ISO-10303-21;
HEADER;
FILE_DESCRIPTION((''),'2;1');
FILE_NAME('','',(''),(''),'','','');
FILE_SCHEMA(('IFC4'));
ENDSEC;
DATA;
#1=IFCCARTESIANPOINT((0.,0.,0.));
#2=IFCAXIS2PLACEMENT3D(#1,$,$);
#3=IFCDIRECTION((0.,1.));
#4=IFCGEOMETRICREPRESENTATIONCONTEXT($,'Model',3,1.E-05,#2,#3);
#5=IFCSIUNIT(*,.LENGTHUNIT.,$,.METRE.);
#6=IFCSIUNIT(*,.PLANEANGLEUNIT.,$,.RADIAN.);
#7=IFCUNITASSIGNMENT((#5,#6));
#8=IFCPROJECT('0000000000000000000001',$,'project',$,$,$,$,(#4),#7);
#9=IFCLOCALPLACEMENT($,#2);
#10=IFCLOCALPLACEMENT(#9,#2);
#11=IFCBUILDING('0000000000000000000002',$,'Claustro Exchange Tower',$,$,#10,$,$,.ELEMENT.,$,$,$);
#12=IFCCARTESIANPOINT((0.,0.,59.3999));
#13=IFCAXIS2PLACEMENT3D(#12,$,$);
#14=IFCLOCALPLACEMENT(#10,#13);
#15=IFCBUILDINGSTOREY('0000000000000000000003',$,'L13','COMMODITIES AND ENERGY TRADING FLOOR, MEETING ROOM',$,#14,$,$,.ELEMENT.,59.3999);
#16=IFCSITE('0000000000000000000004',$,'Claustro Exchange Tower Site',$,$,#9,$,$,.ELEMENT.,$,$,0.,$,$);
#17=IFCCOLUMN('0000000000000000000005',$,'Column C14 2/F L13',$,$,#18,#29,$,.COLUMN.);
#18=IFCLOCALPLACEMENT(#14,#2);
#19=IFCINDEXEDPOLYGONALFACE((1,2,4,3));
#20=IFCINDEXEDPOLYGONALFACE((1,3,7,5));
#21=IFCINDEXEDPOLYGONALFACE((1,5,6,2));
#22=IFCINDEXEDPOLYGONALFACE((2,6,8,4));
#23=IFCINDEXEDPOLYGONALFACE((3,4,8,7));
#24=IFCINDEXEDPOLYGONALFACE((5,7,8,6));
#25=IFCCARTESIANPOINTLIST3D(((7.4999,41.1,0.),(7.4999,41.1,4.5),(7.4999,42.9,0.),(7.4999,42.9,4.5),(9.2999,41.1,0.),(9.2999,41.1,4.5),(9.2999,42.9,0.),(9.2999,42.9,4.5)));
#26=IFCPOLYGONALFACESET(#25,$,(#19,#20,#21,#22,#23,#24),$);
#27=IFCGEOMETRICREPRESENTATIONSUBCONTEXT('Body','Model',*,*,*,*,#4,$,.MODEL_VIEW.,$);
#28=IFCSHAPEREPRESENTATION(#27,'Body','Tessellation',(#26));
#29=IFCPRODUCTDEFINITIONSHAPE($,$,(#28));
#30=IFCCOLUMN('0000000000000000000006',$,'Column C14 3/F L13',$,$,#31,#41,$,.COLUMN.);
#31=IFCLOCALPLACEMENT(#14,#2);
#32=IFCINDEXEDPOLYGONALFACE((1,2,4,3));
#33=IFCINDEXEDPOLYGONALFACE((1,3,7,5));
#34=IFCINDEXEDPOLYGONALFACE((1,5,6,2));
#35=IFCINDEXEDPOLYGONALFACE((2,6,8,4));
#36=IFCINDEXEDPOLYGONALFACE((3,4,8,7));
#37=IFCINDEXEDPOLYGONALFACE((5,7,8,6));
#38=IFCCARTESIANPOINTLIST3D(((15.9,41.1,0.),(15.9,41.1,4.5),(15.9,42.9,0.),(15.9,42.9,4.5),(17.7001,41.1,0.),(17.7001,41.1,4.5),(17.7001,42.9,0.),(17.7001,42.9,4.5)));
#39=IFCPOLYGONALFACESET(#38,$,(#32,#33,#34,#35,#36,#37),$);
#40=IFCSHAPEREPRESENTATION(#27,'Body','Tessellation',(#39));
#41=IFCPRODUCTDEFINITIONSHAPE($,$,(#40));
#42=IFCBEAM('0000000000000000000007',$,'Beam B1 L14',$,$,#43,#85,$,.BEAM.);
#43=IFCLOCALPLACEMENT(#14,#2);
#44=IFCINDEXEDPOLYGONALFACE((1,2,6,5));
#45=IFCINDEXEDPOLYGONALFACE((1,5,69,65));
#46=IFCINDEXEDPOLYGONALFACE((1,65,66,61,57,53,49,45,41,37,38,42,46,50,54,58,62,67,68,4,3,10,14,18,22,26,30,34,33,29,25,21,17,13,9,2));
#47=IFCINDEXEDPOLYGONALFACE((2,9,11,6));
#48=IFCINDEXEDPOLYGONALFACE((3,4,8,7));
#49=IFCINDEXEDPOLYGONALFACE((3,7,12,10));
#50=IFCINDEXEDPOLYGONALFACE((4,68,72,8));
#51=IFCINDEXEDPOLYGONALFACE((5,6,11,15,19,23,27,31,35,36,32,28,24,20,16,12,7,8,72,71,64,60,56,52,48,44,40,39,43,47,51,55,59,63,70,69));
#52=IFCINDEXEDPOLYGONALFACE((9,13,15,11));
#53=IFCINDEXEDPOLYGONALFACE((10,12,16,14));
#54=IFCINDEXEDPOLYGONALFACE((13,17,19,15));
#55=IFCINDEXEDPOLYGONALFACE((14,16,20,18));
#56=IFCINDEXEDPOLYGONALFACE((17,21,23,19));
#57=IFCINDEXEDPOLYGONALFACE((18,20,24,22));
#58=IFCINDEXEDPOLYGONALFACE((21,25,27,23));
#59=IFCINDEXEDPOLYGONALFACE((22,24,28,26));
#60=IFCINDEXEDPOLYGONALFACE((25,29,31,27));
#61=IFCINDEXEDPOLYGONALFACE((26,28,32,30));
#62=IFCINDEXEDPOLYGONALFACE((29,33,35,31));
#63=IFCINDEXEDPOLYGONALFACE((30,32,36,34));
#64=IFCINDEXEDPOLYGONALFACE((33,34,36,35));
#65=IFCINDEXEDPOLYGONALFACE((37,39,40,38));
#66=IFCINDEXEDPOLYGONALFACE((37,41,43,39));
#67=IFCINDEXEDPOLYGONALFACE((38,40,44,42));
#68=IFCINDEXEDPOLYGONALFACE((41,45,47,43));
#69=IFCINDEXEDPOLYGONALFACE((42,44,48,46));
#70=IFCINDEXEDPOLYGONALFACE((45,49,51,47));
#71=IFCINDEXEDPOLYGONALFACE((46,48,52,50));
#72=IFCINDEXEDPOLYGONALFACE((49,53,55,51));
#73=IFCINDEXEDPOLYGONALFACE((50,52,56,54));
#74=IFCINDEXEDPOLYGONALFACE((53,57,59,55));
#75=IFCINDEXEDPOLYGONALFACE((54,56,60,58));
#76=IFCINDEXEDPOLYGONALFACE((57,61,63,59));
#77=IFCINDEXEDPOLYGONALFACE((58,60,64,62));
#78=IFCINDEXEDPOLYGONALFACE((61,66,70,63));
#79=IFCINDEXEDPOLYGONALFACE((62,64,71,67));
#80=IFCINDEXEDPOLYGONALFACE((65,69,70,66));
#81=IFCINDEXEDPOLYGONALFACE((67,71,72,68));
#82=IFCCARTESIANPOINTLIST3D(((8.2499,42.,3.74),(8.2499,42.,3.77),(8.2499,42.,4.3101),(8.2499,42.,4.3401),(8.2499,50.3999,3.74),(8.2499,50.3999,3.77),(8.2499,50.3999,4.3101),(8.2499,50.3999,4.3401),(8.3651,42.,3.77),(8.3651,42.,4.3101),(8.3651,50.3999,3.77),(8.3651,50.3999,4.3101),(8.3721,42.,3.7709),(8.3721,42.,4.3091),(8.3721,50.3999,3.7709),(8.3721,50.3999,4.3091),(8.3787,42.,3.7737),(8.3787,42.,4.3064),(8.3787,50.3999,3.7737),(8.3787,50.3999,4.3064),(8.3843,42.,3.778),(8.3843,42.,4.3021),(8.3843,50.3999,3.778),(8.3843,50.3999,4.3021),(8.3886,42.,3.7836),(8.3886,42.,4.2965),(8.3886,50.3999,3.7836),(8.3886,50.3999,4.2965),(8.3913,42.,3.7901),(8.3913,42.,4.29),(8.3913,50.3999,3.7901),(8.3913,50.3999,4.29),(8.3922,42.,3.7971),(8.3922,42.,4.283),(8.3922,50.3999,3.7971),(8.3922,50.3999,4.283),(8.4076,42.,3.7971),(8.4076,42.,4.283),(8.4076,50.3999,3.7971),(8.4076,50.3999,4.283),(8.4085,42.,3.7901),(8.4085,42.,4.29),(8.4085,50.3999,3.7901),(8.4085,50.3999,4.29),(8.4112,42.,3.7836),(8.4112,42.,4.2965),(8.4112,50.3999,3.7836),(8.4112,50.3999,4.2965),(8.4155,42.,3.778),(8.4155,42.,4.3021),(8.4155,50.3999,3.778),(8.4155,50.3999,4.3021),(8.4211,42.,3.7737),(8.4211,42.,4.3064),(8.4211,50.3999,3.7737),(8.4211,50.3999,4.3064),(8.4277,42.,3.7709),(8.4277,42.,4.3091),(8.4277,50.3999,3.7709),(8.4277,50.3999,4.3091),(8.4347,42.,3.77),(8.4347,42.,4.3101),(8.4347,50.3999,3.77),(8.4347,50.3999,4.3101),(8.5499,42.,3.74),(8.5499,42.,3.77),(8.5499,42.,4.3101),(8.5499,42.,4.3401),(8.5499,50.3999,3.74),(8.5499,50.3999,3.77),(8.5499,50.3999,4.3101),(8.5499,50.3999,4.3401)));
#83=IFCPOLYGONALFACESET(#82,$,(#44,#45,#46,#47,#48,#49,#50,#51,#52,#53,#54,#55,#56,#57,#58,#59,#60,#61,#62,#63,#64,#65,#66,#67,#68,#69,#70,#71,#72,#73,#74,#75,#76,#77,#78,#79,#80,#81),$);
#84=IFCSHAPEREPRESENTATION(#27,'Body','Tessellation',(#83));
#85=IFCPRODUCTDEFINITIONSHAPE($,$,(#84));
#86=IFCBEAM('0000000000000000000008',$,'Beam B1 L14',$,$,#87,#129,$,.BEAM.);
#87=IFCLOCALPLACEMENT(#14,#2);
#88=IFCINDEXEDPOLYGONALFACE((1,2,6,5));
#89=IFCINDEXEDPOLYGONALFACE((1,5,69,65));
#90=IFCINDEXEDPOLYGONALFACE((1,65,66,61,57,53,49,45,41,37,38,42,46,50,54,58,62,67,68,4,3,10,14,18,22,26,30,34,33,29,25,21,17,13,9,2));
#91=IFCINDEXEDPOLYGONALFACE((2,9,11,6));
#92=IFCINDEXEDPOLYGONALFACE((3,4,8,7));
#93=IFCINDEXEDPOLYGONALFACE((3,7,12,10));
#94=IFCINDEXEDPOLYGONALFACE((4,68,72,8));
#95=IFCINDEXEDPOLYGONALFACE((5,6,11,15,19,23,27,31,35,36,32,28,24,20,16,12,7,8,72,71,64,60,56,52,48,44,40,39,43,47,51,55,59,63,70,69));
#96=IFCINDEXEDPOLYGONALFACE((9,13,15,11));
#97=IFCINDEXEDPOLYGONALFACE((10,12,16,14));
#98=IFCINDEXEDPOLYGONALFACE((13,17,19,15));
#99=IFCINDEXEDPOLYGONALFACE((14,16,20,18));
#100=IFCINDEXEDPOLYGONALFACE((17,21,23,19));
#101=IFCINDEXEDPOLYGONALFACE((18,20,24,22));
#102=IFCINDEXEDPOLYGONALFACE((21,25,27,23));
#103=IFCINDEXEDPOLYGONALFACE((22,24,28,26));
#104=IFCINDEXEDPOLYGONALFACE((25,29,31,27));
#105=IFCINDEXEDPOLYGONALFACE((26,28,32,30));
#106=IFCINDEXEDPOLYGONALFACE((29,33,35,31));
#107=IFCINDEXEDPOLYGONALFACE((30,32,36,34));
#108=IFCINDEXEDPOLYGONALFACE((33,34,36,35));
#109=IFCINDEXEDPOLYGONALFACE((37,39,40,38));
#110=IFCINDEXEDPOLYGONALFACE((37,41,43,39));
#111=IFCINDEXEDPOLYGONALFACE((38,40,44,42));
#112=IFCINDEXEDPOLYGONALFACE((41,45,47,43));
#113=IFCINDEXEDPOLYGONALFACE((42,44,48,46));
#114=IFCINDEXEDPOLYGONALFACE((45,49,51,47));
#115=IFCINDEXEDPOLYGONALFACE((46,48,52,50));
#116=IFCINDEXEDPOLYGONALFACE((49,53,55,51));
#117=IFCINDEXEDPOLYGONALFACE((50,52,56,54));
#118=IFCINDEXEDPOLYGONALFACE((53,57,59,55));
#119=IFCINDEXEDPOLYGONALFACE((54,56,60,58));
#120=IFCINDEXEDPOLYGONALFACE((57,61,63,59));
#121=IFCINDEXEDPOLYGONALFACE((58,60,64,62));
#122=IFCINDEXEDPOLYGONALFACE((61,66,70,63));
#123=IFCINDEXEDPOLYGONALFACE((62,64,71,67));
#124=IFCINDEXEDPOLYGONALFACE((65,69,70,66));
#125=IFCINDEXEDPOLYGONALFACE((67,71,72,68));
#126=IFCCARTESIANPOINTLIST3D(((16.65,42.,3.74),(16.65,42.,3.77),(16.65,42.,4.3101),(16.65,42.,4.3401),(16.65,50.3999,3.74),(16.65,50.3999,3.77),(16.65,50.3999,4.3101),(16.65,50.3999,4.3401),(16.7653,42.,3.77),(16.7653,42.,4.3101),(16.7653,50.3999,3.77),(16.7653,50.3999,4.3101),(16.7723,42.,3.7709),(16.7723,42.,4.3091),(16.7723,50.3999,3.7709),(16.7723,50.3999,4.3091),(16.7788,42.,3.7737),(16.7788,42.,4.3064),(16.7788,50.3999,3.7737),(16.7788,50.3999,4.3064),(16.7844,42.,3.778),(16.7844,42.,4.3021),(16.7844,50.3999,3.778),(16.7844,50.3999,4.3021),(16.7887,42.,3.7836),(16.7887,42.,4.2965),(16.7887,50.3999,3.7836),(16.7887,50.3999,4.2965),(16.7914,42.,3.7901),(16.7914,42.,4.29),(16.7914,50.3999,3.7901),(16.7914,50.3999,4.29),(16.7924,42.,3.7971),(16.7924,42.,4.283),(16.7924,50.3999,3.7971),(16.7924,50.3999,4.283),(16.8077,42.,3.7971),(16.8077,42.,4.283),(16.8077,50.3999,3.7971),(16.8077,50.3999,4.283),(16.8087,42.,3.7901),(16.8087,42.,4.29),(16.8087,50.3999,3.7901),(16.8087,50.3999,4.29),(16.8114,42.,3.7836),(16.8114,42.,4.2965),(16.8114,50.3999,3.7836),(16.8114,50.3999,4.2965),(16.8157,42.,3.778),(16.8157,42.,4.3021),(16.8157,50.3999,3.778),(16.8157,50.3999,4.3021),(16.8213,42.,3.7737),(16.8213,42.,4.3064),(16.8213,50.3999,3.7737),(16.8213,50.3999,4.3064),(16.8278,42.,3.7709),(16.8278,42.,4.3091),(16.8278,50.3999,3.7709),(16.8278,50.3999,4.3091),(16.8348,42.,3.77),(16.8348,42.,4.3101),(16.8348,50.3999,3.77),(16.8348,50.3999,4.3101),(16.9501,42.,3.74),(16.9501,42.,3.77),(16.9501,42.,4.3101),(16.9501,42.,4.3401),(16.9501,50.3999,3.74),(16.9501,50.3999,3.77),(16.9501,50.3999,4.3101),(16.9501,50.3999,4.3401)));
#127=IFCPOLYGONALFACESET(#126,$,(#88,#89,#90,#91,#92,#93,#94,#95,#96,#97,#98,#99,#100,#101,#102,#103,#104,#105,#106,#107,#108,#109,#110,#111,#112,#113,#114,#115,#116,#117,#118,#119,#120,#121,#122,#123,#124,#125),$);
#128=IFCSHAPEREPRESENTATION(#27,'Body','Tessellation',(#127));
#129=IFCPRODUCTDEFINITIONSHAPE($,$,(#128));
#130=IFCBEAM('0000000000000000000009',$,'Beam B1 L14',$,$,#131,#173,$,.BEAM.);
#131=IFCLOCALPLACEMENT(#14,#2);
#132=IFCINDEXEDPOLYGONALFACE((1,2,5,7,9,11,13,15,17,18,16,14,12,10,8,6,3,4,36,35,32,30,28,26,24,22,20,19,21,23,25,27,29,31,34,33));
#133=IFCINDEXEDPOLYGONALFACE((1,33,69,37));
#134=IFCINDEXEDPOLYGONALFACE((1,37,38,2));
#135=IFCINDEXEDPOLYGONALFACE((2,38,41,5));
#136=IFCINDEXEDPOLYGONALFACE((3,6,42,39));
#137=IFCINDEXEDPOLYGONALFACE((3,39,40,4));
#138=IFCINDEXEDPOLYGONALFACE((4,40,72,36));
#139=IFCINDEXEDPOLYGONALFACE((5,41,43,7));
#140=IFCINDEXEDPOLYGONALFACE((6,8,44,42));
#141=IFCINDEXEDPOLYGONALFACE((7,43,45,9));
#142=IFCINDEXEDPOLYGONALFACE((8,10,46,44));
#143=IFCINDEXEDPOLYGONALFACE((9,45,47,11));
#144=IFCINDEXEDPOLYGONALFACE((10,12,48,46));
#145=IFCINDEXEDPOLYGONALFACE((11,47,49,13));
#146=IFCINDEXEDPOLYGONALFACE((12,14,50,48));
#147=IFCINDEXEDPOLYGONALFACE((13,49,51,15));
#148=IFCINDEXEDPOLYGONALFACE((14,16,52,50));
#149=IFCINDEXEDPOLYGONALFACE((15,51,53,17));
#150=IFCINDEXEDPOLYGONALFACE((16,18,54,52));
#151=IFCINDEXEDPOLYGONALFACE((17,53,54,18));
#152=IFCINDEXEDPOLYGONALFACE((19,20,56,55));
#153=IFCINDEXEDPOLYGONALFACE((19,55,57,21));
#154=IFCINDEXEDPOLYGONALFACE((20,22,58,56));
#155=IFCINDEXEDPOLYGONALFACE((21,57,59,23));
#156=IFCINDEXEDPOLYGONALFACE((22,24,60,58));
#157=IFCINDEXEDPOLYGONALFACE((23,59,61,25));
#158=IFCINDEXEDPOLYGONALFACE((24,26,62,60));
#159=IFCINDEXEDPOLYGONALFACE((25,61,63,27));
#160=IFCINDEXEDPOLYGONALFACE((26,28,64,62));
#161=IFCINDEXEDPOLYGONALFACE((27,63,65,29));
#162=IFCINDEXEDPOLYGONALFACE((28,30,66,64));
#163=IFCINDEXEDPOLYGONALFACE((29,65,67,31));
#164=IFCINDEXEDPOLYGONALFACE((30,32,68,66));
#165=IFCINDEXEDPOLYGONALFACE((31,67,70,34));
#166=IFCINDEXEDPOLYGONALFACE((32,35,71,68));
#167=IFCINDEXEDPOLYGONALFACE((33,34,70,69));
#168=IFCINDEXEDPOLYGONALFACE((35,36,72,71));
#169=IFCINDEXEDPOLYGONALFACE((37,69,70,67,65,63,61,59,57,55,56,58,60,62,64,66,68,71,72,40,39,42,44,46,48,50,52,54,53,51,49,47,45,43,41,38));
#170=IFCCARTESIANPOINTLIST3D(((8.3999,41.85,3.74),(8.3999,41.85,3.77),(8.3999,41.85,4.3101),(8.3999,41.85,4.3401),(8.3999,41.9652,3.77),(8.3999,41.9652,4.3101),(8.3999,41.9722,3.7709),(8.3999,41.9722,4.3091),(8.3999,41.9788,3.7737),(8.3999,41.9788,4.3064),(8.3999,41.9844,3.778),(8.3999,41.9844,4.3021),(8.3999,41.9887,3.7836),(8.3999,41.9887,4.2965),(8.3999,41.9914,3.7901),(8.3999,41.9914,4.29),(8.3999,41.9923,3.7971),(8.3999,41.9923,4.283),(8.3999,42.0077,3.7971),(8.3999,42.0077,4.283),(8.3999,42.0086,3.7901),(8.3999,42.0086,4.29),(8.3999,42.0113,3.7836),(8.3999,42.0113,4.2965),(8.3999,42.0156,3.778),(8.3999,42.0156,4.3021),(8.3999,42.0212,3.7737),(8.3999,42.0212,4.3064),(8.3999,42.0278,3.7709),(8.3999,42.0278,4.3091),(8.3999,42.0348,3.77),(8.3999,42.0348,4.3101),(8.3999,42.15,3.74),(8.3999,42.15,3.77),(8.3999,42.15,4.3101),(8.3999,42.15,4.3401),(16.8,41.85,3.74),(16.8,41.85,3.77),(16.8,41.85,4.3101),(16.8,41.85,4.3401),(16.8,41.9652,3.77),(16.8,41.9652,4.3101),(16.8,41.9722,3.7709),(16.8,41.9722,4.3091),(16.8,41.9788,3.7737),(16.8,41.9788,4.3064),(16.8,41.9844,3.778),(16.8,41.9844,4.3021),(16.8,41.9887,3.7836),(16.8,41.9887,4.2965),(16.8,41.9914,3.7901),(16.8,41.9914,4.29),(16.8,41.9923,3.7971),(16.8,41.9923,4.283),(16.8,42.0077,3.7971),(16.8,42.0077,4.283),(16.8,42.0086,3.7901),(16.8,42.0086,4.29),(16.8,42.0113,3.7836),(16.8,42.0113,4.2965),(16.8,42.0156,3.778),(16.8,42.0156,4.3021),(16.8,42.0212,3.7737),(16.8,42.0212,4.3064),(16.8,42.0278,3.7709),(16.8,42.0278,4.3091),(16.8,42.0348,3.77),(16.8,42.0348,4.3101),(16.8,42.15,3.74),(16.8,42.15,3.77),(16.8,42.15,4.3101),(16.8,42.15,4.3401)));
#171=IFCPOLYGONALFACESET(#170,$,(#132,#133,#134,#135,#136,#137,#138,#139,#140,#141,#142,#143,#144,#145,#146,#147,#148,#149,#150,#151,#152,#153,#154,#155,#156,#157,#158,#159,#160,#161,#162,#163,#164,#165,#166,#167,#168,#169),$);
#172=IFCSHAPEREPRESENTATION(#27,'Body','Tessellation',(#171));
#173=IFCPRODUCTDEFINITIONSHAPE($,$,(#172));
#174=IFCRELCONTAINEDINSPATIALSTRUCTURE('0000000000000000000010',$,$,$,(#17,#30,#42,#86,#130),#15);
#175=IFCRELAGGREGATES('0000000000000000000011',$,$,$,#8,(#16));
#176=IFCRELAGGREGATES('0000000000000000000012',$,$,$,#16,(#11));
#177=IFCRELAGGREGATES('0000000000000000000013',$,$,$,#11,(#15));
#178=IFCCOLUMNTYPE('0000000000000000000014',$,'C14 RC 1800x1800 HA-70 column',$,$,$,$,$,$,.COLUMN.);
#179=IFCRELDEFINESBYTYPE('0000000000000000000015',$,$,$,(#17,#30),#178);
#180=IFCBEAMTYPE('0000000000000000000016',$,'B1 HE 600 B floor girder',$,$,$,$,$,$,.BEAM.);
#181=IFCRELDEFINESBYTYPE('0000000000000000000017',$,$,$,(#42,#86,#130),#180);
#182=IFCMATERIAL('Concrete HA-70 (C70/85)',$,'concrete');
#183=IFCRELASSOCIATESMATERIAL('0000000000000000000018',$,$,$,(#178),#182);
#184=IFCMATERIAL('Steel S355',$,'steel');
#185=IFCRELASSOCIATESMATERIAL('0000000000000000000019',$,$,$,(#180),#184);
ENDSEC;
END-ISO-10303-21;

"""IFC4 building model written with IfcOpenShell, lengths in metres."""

from ifc_helpers import new_model, si_unit, direction, frame, origin, origin_2d, place, context, subcontext, project, spatial, rectangle, i_section, extrude, material, material_profile, profile_set, type_object, element, save


model = new_model("IFC4")

# Units and contexts
model_context = context("Model", 3, precision=1e-05, world=origin(), true_north=direction((0.0, 1.0)))
body_context = subcontext(model_context, "Body", "Model", "MODEL_VIEW")
ifc_project = project(units=[si_unit("LENGTHUNIT", "METRE"), si_unit("PLANEANGLEUNIT", "RADIAN")], contexts=[model_context])

# Site, building, storey
site_placement = place(None, origin())
site = spatial("IfcSite", under=ifc_project, at=site_placement, Name="Claustro Exchange Tower Site", CompositionType="ELEMENT", RefElevation=0.0)
building_placement = place(site_placement, origin())
building = spatial("IfcBuilding", under=site, at=building_placement, Name="Claustro Exchange Tower", CompositionType="ELEMENT")
storey_placement = place(building_placement, frame((0.0, 0.0, 59.3999)))
storey = spatial("IfcBuildingStorey", under=building, at=storey_placement, Name="L13", Description="COMMODITIES AND ENERGY TRADING FLOOR, MEETING ROOM", CompositionType="ELEMENT", Elevation=59.3999)

# Columns
ifc_material_1 = material(Name="Concrete HA-70 (C70/85)", Category="concrete")
ifc_material_profile_1 = material_profile(ifc_material_1, rectangle(XDim=1.8, YDim=1.8, at=origin_2d()), Name="RC 1800x1800")
ifc_profile_set_1 = profile_set([ifc_material_profile_1], Name="Concrete HA-70 (C70/85)")
column_type = type_object("IfcColumnType", Name="C14 RC 1800x1800 HA-70 column", PredefinedType="COLUMN", material=ifc_profile_set_1)
for number, where, z_axis, x_axis, name in (
    (1, (8.3999, 42.0, 0.0), (0.0, 0.0, 1.0), (1.0, 0.0, 0.0), "Column C14 2/F L13"),
    (2, (16.8, 42.0, 0.0), (0.0, 0.0, 1.0), (1.0, 0.0, 0.0), "Column C14 3/F L13"),
):
    element("IfcColumn", number, at=place(storey_placement, frame(where, z_axis=z_axis, x_axis=x_axis)), inside=storey, type_object=column_type, Name=name, PredefinedType="COLUMN", context=body_context, shape_type="SweptSolid", body=[
        extrude(rectangle(XDim=1.8, YDim=1.8, at=origin_2d()), origin(), (0.0, 0.0, 1.0), 4.5),
    ])

# Beams
ifc_material_2 = material(Name="Steel S355", Category="steel")
ifc_material_profile_2 = material_profile(ifc_material_2, i_section(OverallWidth=0.3, OverallDepth=0.6001, WebThickness=0.0154, FlangeThickness=0.03, FilletRadius=0.0271, at=origin_2d()), Name="HE 600 B")
ifc_profile_set_2 = profile_set([ifc_material_profile_2], Name="Steel S355")
beam_type_1 = type_object("IfcBeamType", Name="B1 HE 600 B floor girder", PredefinedType="BEAM", material=ifc_profile_set_2)
for number, where, z_axis, x_axis, name in (
    (3, (8.3999, 42.0, 4.04), (0.0, 1.0, 0.0), (-1.0, 0.0, 0.0), "Beam B1 L14"),
    (4, (16.8, 42.0, 4.04), (0.0, 1.0, 0.0), (-1.0, 0.0, 0.0), "Beam B1 L14"),
):
    element("IfcBeam", number, at=place(storey_placement, frame(where, z_axis=z_axis, x_axis=x_axis)), inside=storey, type_object=beam_type_1, Name=name, PredefinedType="BEAM", context=body_context, shape_type="SweptSolid", body=[
        extrude(i_section(OverallWidth=0.3, OverallDepth=0.6001, WebThickness=0.0154, FlangeThickness=0.03, FilletRadius=0.0271, at=origin_2d()), origin(), (0.0, 0.0, 1.0), 8.3999),
    ])
beam_placement = place(storey_placement, frame((8.3999, 42.0, 4.04), z_axis=(1.0, 0.0, 0.0), x_axis=(0.0, 1.0, 0.0)))
element("IfcBeam", 5, at=beam_placement, inside=storey, type_object=beam_type_1, Name="Beam B1 L14", PredefinedType="BEAM", context=body_context, shape_type="SweptSolid", body=[
    extrude(i_section(OverallWidth=0.3, OverallDepth=0.6001, WebThickness=0.0154, FlangeThickness=0.03, FilletRadius=0.0271, at=origin_2d()), origin(), (0.0, 0.0, 1.0), 8.4001),
])

save(model, "model.ifc")
